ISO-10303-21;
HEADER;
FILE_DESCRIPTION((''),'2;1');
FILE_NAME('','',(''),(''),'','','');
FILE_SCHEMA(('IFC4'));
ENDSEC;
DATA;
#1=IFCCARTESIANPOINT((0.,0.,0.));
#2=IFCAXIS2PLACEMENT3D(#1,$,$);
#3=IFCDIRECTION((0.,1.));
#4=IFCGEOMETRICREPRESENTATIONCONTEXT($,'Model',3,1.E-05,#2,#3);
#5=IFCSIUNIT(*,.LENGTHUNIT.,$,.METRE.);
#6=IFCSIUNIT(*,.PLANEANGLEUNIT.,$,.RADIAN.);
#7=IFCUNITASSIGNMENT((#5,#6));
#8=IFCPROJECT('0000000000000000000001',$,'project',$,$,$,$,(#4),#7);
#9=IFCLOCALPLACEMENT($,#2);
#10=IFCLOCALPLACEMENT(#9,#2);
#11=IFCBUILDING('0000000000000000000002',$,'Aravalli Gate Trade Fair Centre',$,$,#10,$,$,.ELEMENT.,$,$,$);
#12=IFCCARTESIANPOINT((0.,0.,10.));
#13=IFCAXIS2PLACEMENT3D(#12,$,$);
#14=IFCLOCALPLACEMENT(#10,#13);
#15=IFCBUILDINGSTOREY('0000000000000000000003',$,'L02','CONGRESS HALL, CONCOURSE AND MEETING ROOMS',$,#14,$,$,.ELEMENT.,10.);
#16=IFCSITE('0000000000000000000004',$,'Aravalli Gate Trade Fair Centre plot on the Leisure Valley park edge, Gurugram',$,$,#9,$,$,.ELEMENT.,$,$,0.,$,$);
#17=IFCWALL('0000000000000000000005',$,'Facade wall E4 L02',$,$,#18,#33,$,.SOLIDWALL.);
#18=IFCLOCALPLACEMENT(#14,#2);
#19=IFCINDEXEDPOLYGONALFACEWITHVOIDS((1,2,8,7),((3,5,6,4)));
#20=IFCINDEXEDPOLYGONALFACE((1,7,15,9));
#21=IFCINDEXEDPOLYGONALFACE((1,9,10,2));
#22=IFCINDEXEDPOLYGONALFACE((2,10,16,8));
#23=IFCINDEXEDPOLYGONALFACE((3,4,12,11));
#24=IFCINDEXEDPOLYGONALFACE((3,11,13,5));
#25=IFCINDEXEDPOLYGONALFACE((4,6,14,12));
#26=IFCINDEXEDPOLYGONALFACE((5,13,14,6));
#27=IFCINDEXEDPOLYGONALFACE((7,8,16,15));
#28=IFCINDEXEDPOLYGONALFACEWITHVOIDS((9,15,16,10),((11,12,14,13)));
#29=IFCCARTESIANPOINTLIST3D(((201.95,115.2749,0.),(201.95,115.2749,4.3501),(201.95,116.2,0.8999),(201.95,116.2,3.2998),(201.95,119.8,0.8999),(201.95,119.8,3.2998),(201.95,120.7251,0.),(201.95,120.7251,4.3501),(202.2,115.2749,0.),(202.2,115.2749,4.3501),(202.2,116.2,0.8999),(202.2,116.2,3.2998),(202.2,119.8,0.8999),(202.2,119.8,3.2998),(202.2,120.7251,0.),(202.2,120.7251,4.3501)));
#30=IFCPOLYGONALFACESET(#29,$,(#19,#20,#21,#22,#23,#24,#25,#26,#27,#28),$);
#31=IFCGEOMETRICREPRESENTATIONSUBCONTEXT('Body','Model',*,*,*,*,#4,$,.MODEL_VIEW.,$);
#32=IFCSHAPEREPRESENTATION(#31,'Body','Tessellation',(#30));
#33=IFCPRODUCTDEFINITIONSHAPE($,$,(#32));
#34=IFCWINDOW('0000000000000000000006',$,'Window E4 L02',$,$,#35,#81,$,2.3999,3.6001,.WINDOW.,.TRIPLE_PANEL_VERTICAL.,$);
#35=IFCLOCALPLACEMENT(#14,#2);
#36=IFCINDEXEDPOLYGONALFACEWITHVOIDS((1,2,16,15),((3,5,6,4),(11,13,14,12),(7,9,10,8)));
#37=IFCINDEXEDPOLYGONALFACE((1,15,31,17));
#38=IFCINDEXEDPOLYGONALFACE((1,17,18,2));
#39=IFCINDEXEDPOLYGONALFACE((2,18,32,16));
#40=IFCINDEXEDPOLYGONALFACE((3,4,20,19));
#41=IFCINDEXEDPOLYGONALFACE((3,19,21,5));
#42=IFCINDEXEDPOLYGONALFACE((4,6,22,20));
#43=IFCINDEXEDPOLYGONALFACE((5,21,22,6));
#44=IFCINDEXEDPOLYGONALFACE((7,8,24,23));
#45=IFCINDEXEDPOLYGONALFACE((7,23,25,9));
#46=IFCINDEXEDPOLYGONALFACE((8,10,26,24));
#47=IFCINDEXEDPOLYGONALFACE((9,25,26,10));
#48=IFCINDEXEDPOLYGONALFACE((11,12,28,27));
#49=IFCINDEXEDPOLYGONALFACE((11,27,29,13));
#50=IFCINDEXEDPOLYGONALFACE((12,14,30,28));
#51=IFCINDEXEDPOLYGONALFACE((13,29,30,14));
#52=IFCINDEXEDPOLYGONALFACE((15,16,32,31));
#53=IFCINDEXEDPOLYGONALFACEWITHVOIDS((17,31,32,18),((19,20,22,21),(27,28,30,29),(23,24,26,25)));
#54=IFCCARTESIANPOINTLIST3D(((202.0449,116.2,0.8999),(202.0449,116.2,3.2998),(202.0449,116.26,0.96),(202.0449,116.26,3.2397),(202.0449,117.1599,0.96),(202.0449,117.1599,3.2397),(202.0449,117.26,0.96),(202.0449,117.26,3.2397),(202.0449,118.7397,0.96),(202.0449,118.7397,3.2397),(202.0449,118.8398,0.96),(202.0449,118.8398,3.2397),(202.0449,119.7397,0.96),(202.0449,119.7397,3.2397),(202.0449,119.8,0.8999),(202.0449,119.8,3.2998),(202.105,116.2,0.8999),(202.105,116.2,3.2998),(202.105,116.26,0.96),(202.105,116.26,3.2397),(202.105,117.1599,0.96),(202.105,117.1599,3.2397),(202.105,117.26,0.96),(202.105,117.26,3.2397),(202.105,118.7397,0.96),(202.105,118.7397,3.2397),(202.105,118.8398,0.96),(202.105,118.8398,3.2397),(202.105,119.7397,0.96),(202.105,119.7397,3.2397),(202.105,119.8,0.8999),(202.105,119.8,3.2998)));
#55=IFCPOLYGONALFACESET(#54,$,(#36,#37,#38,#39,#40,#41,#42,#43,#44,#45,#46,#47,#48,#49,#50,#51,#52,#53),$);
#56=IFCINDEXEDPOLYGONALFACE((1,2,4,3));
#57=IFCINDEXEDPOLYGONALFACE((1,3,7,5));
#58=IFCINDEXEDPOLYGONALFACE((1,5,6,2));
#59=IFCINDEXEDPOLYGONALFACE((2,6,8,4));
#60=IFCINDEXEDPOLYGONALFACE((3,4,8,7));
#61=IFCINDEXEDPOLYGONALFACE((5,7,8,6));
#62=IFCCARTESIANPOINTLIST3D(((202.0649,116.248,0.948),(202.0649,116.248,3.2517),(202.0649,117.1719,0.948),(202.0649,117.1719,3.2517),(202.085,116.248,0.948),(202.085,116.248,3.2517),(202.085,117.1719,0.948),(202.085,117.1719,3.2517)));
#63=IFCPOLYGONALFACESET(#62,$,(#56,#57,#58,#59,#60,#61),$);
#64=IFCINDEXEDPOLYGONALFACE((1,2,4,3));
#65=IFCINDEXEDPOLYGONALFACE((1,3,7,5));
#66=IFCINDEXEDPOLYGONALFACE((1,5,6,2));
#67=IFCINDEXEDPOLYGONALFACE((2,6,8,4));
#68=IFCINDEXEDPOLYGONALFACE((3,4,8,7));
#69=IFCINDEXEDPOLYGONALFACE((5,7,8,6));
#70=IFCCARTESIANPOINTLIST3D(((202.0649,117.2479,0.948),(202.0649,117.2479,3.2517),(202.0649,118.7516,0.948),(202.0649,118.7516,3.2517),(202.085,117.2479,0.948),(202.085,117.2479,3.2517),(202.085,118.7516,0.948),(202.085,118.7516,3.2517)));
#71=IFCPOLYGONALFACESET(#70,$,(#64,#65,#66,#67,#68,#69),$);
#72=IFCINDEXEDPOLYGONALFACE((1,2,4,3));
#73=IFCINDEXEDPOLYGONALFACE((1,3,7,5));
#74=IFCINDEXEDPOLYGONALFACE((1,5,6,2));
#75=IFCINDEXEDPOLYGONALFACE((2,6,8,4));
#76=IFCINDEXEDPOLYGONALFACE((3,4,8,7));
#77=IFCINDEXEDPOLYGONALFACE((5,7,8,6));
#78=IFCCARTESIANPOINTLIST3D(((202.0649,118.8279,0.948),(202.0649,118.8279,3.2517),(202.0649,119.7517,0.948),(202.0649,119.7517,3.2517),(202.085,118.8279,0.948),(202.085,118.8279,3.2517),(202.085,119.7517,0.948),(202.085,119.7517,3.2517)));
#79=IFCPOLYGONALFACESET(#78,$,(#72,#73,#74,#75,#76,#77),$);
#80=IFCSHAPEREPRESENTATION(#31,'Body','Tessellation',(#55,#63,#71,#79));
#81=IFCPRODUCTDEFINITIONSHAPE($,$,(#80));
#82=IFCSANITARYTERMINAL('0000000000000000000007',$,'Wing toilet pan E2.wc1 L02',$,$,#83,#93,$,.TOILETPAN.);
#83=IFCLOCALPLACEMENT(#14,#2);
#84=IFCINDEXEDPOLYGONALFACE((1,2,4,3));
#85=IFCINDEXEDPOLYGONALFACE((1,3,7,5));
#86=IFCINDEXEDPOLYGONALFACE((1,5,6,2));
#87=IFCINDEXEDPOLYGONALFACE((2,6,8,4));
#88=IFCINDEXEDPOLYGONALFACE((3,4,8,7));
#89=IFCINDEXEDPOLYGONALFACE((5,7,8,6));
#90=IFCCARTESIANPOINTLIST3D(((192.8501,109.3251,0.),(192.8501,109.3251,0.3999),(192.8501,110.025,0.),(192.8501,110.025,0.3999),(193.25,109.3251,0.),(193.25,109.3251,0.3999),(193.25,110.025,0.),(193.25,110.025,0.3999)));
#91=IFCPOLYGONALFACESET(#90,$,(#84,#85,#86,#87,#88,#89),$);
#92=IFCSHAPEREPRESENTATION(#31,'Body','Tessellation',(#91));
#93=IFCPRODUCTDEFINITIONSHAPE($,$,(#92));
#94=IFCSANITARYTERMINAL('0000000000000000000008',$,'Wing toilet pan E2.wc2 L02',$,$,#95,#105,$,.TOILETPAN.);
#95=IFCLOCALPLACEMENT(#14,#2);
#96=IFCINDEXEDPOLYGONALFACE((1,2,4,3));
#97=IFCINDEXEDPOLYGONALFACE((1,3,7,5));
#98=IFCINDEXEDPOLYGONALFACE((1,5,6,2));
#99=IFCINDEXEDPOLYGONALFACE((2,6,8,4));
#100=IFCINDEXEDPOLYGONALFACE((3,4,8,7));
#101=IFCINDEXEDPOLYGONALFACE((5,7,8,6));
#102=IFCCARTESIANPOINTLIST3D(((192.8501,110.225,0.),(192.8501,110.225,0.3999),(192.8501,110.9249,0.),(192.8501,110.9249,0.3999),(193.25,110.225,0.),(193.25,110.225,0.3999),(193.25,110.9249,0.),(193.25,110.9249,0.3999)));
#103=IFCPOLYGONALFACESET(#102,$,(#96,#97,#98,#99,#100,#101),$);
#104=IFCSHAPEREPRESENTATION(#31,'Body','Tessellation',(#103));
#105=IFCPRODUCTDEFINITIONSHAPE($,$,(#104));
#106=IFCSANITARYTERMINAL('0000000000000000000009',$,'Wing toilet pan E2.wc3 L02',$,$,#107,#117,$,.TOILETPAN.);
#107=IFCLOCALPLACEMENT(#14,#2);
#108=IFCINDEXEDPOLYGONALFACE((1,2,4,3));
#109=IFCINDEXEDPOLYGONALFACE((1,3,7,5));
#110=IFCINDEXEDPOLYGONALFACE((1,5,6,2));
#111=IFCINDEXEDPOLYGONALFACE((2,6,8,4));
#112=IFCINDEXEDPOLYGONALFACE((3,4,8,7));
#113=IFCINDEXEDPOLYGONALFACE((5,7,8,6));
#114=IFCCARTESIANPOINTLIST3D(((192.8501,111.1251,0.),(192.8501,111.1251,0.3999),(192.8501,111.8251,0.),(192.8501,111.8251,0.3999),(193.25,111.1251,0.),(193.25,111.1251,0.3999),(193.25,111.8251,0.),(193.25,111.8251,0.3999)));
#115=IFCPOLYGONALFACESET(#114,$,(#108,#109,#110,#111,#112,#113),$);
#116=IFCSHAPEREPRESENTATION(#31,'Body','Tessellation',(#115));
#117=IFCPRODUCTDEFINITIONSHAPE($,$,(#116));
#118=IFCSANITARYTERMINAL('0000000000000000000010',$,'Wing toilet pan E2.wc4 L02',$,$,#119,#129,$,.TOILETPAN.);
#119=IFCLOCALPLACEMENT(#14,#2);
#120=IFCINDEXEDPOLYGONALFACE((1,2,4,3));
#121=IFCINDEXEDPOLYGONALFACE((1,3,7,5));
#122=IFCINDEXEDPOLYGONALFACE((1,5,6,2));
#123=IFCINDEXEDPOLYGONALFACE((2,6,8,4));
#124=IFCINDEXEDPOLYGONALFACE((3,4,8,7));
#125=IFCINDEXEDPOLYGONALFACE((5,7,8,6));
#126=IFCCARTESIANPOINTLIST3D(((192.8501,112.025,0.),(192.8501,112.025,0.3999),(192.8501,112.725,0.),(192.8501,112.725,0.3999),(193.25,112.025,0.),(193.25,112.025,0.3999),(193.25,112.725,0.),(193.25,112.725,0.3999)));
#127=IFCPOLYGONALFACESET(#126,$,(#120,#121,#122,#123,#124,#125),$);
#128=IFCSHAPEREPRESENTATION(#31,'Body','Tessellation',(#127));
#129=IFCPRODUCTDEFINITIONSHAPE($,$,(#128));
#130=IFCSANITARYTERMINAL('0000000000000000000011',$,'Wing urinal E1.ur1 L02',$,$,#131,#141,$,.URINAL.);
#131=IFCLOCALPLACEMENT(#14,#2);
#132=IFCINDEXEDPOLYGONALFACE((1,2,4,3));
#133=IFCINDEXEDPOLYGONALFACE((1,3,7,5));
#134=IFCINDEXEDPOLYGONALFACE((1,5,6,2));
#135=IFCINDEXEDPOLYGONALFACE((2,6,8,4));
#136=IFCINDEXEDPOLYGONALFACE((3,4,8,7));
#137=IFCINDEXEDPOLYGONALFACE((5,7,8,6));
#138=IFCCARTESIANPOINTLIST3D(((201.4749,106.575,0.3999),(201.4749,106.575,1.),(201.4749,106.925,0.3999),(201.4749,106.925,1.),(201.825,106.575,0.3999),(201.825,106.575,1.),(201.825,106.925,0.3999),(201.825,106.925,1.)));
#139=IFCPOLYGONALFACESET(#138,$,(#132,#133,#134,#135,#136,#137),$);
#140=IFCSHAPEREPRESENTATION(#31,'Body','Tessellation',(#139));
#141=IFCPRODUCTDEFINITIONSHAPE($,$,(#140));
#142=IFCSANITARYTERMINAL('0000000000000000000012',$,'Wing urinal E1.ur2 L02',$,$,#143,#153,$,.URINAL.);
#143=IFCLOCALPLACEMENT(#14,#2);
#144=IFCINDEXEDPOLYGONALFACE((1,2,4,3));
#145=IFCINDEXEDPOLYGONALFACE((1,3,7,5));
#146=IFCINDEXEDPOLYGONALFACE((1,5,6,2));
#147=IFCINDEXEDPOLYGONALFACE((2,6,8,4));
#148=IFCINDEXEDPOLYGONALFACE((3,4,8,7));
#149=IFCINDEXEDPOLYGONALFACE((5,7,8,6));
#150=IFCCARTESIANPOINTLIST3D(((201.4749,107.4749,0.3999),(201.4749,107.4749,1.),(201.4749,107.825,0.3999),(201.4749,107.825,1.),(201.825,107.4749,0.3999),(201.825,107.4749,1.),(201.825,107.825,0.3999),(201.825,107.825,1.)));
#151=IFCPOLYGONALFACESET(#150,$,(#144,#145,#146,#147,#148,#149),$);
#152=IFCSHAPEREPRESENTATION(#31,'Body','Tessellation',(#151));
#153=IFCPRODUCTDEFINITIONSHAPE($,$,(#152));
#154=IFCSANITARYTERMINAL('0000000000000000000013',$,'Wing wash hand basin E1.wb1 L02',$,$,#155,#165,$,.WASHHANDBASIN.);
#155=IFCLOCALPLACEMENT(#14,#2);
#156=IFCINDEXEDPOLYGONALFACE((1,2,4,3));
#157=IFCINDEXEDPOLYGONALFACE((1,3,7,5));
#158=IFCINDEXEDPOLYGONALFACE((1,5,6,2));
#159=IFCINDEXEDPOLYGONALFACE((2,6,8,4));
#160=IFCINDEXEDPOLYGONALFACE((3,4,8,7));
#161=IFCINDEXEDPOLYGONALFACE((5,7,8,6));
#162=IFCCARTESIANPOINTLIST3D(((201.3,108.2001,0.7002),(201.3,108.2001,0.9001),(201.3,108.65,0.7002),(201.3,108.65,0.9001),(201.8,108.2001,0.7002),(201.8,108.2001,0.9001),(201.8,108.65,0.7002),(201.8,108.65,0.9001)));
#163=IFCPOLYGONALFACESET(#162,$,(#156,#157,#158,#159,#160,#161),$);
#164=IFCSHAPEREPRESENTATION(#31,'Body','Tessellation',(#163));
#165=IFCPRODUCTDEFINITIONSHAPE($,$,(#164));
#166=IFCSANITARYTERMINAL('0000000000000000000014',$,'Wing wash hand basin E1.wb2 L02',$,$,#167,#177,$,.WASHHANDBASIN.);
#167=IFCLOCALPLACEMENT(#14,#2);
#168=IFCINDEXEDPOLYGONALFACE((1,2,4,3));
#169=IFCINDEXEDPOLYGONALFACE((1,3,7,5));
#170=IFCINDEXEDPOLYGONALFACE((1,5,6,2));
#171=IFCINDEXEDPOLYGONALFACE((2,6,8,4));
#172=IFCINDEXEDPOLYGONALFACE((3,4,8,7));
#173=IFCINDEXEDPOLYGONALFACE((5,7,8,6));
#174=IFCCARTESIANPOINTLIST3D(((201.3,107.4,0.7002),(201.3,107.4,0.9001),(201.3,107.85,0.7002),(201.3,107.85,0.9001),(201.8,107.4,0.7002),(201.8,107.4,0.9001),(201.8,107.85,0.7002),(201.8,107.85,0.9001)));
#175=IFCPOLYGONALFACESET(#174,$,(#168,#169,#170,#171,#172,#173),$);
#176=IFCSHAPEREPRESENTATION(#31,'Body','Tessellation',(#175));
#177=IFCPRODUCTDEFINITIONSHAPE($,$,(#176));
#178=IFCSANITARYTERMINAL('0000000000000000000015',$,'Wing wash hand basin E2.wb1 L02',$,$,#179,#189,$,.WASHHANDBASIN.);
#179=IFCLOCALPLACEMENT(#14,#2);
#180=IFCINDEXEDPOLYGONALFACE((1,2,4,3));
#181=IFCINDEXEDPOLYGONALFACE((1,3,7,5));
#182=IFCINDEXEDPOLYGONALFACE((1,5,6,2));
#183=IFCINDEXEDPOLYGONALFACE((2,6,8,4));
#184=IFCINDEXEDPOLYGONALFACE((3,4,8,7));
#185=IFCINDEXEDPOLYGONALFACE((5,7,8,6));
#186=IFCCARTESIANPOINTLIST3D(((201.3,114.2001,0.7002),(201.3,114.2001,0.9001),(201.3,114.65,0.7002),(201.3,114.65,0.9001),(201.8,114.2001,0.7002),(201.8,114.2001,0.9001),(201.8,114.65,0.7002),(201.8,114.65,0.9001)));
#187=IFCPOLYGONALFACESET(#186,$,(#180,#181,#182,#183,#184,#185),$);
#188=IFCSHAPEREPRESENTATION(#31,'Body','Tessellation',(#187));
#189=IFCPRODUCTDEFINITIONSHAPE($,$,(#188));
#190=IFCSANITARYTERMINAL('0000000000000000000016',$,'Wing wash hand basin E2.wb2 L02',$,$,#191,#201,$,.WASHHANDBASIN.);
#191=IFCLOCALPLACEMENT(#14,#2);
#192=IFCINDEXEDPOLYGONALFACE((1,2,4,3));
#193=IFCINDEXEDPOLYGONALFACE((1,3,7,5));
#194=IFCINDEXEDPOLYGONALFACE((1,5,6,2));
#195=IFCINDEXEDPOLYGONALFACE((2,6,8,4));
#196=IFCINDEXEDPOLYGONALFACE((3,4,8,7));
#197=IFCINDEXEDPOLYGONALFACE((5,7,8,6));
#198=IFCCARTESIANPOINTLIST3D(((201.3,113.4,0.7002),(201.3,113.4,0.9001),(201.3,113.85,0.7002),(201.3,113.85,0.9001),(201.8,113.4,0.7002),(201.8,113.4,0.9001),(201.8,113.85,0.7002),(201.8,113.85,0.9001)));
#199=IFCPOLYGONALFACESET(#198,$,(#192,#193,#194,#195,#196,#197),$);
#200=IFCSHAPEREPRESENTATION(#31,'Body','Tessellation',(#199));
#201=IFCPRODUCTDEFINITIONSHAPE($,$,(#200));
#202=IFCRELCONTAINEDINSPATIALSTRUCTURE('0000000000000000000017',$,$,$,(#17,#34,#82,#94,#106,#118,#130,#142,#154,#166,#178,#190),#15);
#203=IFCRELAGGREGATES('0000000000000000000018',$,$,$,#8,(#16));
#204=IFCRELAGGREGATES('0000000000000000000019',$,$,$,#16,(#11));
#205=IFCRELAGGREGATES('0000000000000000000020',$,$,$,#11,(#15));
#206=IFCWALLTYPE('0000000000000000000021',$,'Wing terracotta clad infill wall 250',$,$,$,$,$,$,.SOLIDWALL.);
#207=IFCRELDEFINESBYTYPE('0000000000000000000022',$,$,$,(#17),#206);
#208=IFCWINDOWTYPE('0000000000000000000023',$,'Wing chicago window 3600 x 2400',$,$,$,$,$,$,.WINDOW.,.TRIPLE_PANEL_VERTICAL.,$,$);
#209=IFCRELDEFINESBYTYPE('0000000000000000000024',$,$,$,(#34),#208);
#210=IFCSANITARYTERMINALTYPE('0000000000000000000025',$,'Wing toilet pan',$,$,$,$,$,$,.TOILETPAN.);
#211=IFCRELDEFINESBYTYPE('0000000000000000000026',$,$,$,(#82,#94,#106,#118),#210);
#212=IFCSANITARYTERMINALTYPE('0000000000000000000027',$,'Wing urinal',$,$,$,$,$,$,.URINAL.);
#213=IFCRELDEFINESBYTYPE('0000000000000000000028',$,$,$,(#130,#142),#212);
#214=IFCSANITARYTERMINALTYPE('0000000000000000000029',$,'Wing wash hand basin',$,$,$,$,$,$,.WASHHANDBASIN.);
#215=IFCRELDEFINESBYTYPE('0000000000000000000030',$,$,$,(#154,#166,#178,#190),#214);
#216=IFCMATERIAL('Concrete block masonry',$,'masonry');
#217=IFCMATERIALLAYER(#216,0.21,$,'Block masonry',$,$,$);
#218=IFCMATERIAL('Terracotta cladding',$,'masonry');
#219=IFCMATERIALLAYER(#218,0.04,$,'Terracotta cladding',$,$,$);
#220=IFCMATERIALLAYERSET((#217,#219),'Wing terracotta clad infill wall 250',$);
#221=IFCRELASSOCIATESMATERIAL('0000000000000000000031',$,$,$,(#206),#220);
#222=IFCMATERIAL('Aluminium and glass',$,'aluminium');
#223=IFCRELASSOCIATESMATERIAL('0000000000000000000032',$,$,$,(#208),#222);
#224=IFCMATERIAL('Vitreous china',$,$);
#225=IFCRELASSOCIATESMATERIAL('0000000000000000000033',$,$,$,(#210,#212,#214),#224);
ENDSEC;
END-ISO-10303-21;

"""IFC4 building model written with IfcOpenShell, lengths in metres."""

from ifc_helpers import new_model, si_unit, direction, frame, frame_2d, origin, origin_2d, place, context, subcontext, project, spatial, polyline, rectangle, outline, extrude, material, layer, layer_set, type_object, element, fill, save


model = new_model("IFC4")

# Units and contexts
model_context = context("Model", 3, precision=1e-05, world=origin(), true_north=direction((0.0, 1.0)))
body_context = subcontext(model_context, "Body", "Model", "MODEL_VIEW")
ifc_project = project(units=[si_unit("LENGTHUNIT", "METRE"), si_unit("PLANEANGLEUNIT", "RADIAN")], contexts=[model_context])

# Site, building, storey
site_placement = place(None, origin())
site = spatial("IfcSite", under=ifc_project, at=site_placement, Name="Aravalli Gate Trade Fair Centre plot on the Leisure Valley park edge, Gurugram", CompositionType="ELEMENT", RefElevation=0.0)
building_placement = place(site_placement, origin())
building = spatial("IfcBuilding", under=site, at=building_placement, Name="Aravalli Gate Trade Fair Centre", CompositionType="ELEMENT")
storey_placement = place(building_placement, frame((0.0, 0.0, 10.0)))
storey = spatial("IfcBuildingStorey", under=building, at=storey_placement, Name="L02", Description="CONGRESS HALL, CONCOURSE AND MEETING ROOMS", CompositionType="ELEMENT", Elevation=10.0)

# Wall, opening, window
ifc_material_1 = material(Name="Concrete block masonry", Category="masonry")
ifc_layer_1 = layer(ifc_material_1, 0.21, Name="Block masonry")
ifc_material_2 = material(Name="Terracotta cladding", Category="masonry")
ifc_layer_2 = layer(ifc_material_2, 0.04, Name="Terracotta cladding")
ifc_layer_set_1 = layer_set([ifc_layer_1, ifc_layer_2], Name="Wing terracotta clad infill wall 250")
wall_type_1 = type_object("IfcWallType", Name="Wing terracotta clad infill wall 250", PredefinedType="SOLIDWALL", material=ifc_layer_set_1)
ifc_material_3 = material(Name="Aluminium and glass", Category="aluminium")
window_type = type_object("IfcWindowType", Name="Wing chicago window 3600 x 2400", PartitioningType="TRIPLE_PANEL_VERTICAL", PredefinedType="WINDOW", material=ifc_material_3)
wall_1_placement = place(storey_placement, frame((202.075, 115.2749, 0.0), z_axis=(0.0, 0.0, 1.0), x_axis=(0.0, 1.0, 0.0)))
wall_1 = element("IfcWall", 1, at=wall_1_placement, inside=storey, type_object=wall_type_1, Name="Facade wall E4 L02", PredefinedType="SOLIDWALL", context=body_context, shape_type="SweptSolid", body=[
    extrude(rectangle(XDim=5.4502, YDim=0.25, at=frame_2d((2.7251, 0.0))), origin(), (0.0, 0.0, 1.0), 4.3501),
])
opening_1_placement = place(wall_1_placement, frame((0.925, 0.0, 0.8999)))
opening_1 = element("IfcOpeningElement", 2, at=opening_1_placement, cuts=wall_1, PredefinedType="OPENING", context=body_context, shape_type="SweptSolid", body=[
    extrude(rectangle(XDim=3.6001, YDim=2.3999, at=frame_2d((1.8, 1.2))), frame((0.0, 0.135, 0.0), z_axis=(0.0, -1.0, 0.0), x_axis=(1.0, 0.0, 0.0)), (0.0, 0.0, 1.0), 0.27),
])
window_1_placement = place(opening_1_placement, origin())
window_1 = element("IfcWindow", 3, at=window_1_placement, inside=storey, type_object=window_type, Name="Window E4 L02", OverallHeight=2.3999, OverallWidth=3.6001, PartitioningType="TRIPLE_PANEL_VERTICAL", PredefinedType="WINDOW", context=body_context, shape_type="SweptSolid", body=[
    extrude(outline(polyline([(0.0, 0.0), (3.6001, 0.0), (3.6001, 2.3999), (0.0, 2.3999), (0.0, 0.0)]), holes=[polyline([(0.0601, 0.0601), (0.96, 0.0601), (0.96, 2.3398), (0.0601, 2.3398), (0.0601, 0.0601)]), polyline([(1.0601, 0.0601), (2.5398, 0.0601), (2.5398, 2.3398), (1.0601, 2.3398), (1.0601, 0.0601)]), polyline([(2.6399, 0.0601), (3.5398, 0.0601), (3.5398, 2.3398), (2.6399, 2.3398), (2.6399, 0.0601)])]), frame((0.0, 0.03, 0.0), z_axis=(0.0, -1.0, 0.0), x_axis=(1.0, 0.0, 0.0)), (0.0, 0.0, 1.0), 0.0601),
    extrude(rectangle(XDim=0.9238, YDim=2.3037, at=frame_2d((0.51, 1.2))), frame((0.0, 0.01, 0.0), z_axis=(0.0, -1.0, 0.0), x_axis=(1.0, 0.0, 0.0)), (0.0, 0.0, 1.0), 0.02),
    extrude(rectangle(XDim=1.5037, YDim=2.3037, at=frame_2d((1.7998, 1.2))), frame((0.0, 0.01, 0.0), z_axis=(0.0, -1.0, 0.0), x_axis=(1.0, 0.0, 0.0)), (0.0, 0.0, 1.0), 0.02),
    extrude(rectangle(XDim=0.9238, YDim=2.3037, at=frame_2d((3.0898, 1.2))), frame((0.0, 0.01, 0.0), z_axis=(0.0, -1.0, 0.0), x_axis=(1.0, 0.0, 0.0)), (0.0, 0.0, 1.0), 0.02),
])
fill(opening_1, window_1)

# Sanitary terminals
ifc_material_4 = material(Name="Vitreous china")
sanitary_terminal_type_1 = type_object("IfcSanitaryTerminalType", Name="Wing toilet pan", PredefinedType="TOILETPAN", material=ifc_material_4)
for number, where, z_axis, x_axis, name in (
    (4, (193.05, 109.675, 0.0), (0.0, 0.0, 1.0), (1.0, 0.0, 0.0), "Wing toilet pan E2.wc1 L02"),
    (5, (193.05, 110.575, 0.0), (0.0, 0.0, 1.0), (1.0, 0.0, 0.0), "Wing toilet pan E2.wc2 L02"),
    (6, (193.05, 111.4751, 0.0), (0.0, 0.0, 1.0), (1.0, 0.0, 0.0), "Wing toilet pan E2.wc3 L02"),
    (7, (193.05, 112.375, 0.0), (0.0, 0.0, 1.0), (1.0, 0.0, 0.0), "Wing toilet pan E2.wc4 L02"),
):
    element("IfcSanitaryTerminal", number, at=place(storey_placement, frame(where, z_axis=z_axis, x_axis=x_axis)), inside=storey, type_object=sanitary_terminal_type_1, Name=name, PredefinedType="TOILETPAN", context=body_context, shape_type="SweptSolid", body=[
        extrude(rectangle(XDim=0.3999, YDim=0.7, at=origin_2d()), origin(), (0.0, 0.0, 1.0), 0.3999),
    ])
sanitary_terminal_type_2 = type_object("IfcSanitaryTerminalType", Name="Wing urinal", PredefinedType="URINAL", material=ifc_material_4)
for number, where, z_axis, x_axis, name in (
    (8, (201.6499, 106.75, 0.3999), (0.0, 0.0, 1.0), (1.0, 0.0, 0.0), "Wing urinal E1.ur1 L02"),
    (9, (201.6499, 107.6499, 0.3999), (0.0, 0.0, 1.0), (1.0, 0.0, 0.0), "Wing urinal E1.ur2 L02"),
):
    element("IfcSanitaryTerminal", number, at=place(storey_placement, frame(where, z_axis=z_axis, x_axis=x_axis)), inside=storey, type_object=sanitary_terminal_type_2, Name=name, PredefinedType="URINAL", context=body_context, shape_type="SweptSolid", body=[
        extrude(rectangle(XDim=0.3501, YDim=0.3501, at=origin_2d()), origin(), (0.0, 0.0, 1.0), 0.6001),
    ])
sanitary_terminal_type_3 = type_object("IfcSanitaryTerminalType", Name="Wing wash hand basin", PredefinedType="WASHHANDBASIN", material=ifc_material_4)
for number, where, z_axis, x_axis, name in (
    (10, (201.55, 108.425, 0.7002), (0.0, 0.0, 1.0), (1.0, 0.0, 0.0), "Wing wash hand basin E1.wb1 L02"),
    (11, (201.55, 107.625, 0.7002), (0.0, 0.0, 1.0), (1.0, 0.0, 0.0), "Wing wash hand basin E1.wb2 L02"),
    (12, (201.55, 114.425, 0.7002), (0.0, 0.0, 1.0), (1.0, 0.0, 0.0), "Wing wash hand basin E2.wb1 L02"),
    (13, (201.55, 113.625, 0.7002), (0.0, 0.0, 1.0), (1.0, 0.0, 0.0), "Wing wash hand basin E2.wb2 L02"),
):
    element("IfcSanitaryTerminal", number, at=place(storey_placement, frame(where, z_axis=z_axis, x_axis=x_axis)), inside=storey, type_object=sanitary_terminal_type_3, Name=name, PredefinedType="WASHHANDBASIN", context=body_context, shape_type="SweptSolid", body=[
        extrude(rectangle(XDim=0.5, YDim=0.45, at=origin_2d()), origin(), (0.0, 0.0, 1.0), 0.2),
    ])

save(model, "model.ifc")
